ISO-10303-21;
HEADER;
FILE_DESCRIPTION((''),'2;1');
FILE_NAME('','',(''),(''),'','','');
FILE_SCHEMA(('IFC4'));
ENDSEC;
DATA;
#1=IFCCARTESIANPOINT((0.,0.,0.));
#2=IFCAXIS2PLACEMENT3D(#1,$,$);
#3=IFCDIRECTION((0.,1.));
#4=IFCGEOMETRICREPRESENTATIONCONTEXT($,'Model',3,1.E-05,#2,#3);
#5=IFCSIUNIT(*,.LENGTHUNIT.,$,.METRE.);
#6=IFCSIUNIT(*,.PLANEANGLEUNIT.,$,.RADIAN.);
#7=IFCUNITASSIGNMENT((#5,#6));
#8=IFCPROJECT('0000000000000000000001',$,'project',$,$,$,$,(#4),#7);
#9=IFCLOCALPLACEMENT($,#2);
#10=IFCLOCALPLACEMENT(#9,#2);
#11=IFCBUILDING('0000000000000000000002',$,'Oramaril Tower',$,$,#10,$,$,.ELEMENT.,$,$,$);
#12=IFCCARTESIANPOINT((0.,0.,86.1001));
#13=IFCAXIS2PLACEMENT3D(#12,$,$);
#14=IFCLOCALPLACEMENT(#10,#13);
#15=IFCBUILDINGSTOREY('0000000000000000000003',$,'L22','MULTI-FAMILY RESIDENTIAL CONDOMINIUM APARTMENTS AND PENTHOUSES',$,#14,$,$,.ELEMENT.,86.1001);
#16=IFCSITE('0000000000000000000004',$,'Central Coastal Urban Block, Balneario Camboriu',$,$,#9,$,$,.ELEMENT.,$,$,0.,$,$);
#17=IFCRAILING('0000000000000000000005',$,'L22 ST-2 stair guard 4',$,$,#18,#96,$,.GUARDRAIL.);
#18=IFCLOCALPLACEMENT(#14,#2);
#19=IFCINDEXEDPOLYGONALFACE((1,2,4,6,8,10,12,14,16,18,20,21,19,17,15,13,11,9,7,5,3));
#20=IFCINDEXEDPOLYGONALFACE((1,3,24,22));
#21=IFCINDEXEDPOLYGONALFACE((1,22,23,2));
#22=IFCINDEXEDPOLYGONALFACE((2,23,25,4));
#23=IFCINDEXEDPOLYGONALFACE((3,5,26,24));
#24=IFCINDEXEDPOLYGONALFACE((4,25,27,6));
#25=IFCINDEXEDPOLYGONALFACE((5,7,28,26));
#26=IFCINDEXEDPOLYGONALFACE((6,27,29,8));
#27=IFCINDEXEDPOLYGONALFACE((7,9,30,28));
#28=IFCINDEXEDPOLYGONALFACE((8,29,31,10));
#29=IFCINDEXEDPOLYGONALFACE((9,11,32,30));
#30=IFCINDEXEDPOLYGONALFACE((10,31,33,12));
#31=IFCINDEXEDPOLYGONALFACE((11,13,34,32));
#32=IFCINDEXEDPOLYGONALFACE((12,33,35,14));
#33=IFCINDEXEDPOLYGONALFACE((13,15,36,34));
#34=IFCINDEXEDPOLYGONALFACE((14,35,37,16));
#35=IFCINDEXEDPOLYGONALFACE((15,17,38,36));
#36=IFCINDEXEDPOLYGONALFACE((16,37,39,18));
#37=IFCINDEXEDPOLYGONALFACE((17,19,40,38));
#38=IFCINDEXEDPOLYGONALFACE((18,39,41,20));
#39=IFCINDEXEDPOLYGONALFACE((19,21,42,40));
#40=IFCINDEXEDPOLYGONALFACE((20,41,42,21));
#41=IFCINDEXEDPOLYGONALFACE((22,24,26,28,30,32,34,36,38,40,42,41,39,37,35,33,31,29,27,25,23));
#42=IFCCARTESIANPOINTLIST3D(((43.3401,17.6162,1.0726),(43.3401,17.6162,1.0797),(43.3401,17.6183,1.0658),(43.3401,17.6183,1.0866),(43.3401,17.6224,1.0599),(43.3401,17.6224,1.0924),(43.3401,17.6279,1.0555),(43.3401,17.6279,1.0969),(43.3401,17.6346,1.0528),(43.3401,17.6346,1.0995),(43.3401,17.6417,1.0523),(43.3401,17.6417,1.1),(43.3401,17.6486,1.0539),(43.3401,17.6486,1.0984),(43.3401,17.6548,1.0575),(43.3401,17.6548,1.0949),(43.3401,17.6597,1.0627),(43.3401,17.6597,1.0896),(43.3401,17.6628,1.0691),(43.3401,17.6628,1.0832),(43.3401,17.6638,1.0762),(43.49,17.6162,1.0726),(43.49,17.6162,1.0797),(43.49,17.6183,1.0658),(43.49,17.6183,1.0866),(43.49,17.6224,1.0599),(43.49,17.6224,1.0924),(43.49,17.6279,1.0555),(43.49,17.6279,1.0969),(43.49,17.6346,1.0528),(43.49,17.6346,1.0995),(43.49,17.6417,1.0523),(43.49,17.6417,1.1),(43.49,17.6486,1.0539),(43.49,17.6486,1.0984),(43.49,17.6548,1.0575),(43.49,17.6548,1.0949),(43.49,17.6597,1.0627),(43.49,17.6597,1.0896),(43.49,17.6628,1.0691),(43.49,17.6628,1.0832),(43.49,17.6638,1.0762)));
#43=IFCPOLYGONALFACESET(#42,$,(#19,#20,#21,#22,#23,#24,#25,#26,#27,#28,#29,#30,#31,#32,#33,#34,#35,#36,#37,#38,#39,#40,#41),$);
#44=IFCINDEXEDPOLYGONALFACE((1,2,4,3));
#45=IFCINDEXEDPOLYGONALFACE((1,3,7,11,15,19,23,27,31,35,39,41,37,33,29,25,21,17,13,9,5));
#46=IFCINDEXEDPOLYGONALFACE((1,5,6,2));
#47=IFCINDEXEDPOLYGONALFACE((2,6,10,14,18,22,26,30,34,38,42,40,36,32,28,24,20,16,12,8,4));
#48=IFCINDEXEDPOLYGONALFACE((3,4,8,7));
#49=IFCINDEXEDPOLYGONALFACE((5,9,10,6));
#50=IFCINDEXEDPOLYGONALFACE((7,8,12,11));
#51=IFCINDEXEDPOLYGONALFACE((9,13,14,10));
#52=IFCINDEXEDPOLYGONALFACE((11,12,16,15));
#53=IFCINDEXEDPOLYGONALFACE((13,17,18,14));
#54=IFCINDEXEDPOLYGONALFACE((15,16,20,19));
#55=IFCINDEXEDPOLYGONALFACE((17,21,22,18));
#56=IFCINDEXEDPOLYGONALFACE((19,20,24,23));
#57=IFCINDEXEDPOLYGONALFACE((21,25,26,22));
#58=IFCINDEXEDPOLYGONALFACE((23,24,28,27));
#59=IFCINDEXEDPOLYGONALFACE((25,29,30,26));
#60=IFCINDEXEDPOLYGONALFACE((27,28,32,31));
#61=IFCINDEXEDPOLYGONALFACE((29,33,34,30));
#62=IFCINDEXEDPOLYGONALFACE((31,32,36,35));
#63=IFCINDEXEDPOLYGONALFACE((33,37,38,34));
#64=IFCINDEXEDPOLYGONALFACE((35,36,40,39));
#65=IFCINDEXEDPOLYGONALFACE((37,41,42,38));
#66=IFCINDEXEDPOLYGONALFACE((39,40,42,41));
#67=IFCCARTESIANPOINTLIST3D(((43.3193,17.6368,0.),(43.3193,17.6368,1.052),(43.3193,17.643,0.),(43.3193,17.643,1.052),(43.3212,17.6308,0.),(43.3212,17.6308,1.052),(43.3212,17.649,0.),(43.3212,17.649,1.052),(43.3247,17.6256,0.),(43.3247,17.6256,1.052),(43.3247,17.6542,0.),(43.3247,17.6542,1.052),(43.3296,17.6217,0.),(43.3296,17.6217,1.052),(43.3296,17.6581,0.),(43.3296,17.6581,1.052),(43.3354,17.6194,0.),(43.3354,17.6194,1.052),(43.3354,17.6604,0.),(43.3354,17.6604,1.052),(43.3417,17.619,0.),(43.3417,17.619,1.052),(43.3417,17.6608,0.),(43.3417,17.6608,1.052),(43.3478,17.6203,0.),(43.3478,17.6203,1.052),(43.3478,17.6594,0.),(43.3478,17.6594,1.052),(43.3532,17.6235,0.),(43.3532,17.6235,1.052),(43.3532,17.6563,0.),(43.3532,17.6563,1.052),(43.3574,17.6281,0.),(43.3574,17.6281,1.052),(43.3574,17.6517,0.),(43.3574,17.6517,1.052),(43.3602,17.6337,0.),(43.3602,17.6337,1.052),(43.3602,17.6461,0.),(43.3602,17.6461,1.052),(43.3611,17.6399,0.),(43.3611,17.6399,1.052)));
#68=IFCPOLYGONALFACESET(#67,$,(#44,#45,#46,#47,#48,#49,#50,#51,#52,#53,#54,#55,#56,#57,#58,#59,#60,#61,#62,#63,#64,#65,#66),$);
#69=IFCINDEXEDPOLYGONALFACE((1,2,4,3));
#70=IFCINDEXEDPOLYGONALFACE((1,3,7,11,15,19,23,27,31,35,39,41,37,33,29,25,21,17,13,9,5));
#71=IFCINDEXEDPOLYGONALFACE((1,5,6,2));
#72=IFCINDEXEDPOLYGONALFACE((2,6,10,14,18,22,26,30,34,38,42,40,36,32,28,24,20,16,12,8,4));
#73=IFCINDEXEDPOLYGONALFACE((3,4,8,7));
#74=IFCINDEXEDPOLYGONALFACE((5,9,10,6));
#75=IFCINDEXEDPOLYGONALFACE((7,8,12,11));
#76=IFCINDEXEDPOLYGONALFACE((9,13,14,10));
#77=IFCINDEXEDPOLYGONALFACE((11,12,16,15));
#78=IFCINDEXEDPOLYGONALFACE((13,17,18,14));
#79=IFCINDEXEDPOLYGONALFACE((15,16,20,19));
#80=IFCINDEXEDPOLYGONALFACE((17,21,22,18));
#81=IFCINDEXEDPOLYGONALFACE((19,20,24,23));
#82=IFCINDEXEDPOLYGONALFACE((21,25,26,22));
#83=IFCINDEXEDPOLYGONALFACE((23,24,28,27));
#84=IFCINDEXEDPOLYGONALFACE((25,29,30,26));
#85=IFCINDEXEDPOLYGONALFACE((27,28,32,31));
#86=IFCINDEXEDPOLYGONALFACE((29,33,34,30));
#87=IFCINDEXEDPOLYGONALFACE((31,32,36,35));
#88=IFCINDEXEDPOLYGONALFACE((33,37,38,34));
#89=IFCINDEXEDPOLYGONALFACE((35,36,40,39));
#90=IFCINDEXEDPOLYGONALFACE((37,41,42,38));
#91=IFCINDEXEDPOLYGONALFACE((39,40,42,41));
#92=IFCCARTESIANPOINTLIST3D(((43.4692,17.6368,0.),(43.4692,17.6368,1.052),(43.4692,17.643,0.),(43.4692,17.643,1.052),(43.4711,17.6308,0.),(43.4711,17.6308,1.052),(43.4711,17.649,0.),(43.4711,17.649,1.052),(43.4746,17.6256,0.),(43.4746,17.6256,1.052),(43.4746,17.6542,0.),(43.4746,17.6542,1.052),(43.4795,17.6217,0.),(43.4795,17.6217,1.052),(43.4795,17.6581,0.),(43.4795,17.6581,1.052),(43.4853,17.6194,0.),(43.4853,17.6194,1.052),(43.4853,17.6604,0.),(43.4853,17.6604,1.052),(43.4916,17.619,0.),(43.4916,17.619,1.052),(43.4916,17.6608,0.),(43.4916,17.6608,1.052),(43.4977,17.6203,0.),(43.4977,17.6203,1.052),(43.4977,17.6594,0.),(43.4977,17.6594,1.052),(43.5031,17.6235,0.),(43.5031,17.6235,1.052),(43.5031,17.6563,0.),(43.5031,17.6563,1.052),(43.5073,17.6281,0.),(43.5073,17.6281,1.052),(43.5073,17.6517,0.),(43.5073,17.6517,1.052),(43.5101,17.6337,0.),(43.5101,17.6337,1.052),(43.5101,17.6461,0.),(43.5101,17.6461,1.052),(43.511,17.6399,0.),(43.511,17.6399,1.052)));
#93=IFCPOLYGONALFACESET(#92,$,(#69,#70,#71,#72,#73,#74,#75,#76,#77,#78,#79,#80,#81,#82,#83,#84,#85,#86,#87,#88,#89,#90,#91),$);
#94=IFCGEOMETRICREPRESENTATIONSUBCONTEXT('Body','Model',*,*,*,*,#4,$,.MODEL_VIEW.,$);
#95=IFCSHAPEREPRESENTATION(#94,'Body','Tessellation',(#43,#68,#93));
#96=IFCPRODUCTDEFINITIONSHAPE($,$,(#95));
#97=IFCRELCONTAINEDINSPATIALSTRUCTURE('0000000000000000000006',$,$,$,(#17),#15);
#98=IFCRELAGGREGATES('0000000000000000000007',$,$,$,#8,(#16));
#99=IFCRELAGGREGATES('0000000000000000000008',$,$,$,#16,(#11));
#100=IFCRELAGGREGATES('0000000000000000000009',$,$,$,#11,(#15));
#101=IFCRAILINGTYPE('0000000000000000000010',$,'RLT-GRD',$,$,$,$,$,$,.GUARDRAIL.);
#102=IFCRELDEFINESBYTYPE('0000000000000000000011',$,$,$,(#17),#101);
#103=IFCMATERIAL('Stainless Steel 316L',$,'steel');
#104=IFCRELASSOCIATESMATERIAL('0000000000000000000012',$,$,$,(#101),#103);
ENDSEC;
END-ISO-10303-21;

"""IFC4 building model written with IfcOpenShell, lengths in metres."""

from ifc_helpers import new_model, si_unit, direction, frame, origin, origin_2d, place, context, subcontext, project, spatial, circle, extrude, material, type_object, element, save


model = new_model("IFC4")

# Units and contexts
model_context = context("Model", 3, precision=1e-05, world=origin(), true_north=direction((0.0, 1.0)))
body_context = subcontext(model_context, "Body", "Model", "MODEL_VIEW")
ifc_project = project(units=[si_unit("LENGTHUNIT", "METRE"), si_unit("PLANEANGLEUNIT", "RADIAN")], contexts=[model_context])

# Site, building, storey
site_placement = place(None, origin())
site = spatial("IfcSite", under=ifc_project, at=site_placement, Name="Central Coastal Urban Block, Balneario Camboriu", CompositionType="ELEMENT", RefElevation=0.0)
building_placement = place(site_placement, origin())
building = spatial("IfcBuilding", under=site, at=building_placement, Name="Oramaril Tower", CompositionType="ELEMENT")
storey_placement = place(building_placement, frame((0.0, 0.0, 86.1001)))
storey = spatial("IfcBuildingStorey", under=building, at=storey_placement, Name="L22", Description="MULTI-FAMILY RESIDENTIAL CONDOMINIUM APARTMENTS AND PENTHOUSES", CompositionType="ELEMENT", Elevation=86.1001)

# Railing
ifc_material_1 = material(Name="Stainless Steel 316L", Category="steel")
railing_type_1 = type_object("IfcRailingType", Name="RLT-GRD", PredefinedType="GUARDRAIL", material=ifc_material_1)
railing_1_placement = place(storey_placement, frame((43.3401, 17.6399, 0.0)))
element("IfcRailing", 1, at=railing_1_placement, inside=storey, type_object=railing_type_1, Name="L22 ST-2 stair guard 4", PredefinedType="GUARDRAIL", context=body_context, shape_type="SweptSolid", body=[
    extrude(circle(Radius=0.0239, at=origin_2d()), frame((0.0, 0.0, 1.0762), z_axis=(1.0, 0.0, 0.0), x_axis=(0.0, 1.0, 0.0)), (0.0, 0.0, 1.0), 0.1499),
    extrude(circle(Radius=0.021, at=origin_2d()), origin(), (0.0, 0.0, 1.0), 1.052),
    extrude(circle(Radius=0.021, at=origin_2d()), frame((0.1499, 0.0, 0.0)), (0.0, 0.0, 1.0), 1.052),
])

save(model, "model.ifc")
